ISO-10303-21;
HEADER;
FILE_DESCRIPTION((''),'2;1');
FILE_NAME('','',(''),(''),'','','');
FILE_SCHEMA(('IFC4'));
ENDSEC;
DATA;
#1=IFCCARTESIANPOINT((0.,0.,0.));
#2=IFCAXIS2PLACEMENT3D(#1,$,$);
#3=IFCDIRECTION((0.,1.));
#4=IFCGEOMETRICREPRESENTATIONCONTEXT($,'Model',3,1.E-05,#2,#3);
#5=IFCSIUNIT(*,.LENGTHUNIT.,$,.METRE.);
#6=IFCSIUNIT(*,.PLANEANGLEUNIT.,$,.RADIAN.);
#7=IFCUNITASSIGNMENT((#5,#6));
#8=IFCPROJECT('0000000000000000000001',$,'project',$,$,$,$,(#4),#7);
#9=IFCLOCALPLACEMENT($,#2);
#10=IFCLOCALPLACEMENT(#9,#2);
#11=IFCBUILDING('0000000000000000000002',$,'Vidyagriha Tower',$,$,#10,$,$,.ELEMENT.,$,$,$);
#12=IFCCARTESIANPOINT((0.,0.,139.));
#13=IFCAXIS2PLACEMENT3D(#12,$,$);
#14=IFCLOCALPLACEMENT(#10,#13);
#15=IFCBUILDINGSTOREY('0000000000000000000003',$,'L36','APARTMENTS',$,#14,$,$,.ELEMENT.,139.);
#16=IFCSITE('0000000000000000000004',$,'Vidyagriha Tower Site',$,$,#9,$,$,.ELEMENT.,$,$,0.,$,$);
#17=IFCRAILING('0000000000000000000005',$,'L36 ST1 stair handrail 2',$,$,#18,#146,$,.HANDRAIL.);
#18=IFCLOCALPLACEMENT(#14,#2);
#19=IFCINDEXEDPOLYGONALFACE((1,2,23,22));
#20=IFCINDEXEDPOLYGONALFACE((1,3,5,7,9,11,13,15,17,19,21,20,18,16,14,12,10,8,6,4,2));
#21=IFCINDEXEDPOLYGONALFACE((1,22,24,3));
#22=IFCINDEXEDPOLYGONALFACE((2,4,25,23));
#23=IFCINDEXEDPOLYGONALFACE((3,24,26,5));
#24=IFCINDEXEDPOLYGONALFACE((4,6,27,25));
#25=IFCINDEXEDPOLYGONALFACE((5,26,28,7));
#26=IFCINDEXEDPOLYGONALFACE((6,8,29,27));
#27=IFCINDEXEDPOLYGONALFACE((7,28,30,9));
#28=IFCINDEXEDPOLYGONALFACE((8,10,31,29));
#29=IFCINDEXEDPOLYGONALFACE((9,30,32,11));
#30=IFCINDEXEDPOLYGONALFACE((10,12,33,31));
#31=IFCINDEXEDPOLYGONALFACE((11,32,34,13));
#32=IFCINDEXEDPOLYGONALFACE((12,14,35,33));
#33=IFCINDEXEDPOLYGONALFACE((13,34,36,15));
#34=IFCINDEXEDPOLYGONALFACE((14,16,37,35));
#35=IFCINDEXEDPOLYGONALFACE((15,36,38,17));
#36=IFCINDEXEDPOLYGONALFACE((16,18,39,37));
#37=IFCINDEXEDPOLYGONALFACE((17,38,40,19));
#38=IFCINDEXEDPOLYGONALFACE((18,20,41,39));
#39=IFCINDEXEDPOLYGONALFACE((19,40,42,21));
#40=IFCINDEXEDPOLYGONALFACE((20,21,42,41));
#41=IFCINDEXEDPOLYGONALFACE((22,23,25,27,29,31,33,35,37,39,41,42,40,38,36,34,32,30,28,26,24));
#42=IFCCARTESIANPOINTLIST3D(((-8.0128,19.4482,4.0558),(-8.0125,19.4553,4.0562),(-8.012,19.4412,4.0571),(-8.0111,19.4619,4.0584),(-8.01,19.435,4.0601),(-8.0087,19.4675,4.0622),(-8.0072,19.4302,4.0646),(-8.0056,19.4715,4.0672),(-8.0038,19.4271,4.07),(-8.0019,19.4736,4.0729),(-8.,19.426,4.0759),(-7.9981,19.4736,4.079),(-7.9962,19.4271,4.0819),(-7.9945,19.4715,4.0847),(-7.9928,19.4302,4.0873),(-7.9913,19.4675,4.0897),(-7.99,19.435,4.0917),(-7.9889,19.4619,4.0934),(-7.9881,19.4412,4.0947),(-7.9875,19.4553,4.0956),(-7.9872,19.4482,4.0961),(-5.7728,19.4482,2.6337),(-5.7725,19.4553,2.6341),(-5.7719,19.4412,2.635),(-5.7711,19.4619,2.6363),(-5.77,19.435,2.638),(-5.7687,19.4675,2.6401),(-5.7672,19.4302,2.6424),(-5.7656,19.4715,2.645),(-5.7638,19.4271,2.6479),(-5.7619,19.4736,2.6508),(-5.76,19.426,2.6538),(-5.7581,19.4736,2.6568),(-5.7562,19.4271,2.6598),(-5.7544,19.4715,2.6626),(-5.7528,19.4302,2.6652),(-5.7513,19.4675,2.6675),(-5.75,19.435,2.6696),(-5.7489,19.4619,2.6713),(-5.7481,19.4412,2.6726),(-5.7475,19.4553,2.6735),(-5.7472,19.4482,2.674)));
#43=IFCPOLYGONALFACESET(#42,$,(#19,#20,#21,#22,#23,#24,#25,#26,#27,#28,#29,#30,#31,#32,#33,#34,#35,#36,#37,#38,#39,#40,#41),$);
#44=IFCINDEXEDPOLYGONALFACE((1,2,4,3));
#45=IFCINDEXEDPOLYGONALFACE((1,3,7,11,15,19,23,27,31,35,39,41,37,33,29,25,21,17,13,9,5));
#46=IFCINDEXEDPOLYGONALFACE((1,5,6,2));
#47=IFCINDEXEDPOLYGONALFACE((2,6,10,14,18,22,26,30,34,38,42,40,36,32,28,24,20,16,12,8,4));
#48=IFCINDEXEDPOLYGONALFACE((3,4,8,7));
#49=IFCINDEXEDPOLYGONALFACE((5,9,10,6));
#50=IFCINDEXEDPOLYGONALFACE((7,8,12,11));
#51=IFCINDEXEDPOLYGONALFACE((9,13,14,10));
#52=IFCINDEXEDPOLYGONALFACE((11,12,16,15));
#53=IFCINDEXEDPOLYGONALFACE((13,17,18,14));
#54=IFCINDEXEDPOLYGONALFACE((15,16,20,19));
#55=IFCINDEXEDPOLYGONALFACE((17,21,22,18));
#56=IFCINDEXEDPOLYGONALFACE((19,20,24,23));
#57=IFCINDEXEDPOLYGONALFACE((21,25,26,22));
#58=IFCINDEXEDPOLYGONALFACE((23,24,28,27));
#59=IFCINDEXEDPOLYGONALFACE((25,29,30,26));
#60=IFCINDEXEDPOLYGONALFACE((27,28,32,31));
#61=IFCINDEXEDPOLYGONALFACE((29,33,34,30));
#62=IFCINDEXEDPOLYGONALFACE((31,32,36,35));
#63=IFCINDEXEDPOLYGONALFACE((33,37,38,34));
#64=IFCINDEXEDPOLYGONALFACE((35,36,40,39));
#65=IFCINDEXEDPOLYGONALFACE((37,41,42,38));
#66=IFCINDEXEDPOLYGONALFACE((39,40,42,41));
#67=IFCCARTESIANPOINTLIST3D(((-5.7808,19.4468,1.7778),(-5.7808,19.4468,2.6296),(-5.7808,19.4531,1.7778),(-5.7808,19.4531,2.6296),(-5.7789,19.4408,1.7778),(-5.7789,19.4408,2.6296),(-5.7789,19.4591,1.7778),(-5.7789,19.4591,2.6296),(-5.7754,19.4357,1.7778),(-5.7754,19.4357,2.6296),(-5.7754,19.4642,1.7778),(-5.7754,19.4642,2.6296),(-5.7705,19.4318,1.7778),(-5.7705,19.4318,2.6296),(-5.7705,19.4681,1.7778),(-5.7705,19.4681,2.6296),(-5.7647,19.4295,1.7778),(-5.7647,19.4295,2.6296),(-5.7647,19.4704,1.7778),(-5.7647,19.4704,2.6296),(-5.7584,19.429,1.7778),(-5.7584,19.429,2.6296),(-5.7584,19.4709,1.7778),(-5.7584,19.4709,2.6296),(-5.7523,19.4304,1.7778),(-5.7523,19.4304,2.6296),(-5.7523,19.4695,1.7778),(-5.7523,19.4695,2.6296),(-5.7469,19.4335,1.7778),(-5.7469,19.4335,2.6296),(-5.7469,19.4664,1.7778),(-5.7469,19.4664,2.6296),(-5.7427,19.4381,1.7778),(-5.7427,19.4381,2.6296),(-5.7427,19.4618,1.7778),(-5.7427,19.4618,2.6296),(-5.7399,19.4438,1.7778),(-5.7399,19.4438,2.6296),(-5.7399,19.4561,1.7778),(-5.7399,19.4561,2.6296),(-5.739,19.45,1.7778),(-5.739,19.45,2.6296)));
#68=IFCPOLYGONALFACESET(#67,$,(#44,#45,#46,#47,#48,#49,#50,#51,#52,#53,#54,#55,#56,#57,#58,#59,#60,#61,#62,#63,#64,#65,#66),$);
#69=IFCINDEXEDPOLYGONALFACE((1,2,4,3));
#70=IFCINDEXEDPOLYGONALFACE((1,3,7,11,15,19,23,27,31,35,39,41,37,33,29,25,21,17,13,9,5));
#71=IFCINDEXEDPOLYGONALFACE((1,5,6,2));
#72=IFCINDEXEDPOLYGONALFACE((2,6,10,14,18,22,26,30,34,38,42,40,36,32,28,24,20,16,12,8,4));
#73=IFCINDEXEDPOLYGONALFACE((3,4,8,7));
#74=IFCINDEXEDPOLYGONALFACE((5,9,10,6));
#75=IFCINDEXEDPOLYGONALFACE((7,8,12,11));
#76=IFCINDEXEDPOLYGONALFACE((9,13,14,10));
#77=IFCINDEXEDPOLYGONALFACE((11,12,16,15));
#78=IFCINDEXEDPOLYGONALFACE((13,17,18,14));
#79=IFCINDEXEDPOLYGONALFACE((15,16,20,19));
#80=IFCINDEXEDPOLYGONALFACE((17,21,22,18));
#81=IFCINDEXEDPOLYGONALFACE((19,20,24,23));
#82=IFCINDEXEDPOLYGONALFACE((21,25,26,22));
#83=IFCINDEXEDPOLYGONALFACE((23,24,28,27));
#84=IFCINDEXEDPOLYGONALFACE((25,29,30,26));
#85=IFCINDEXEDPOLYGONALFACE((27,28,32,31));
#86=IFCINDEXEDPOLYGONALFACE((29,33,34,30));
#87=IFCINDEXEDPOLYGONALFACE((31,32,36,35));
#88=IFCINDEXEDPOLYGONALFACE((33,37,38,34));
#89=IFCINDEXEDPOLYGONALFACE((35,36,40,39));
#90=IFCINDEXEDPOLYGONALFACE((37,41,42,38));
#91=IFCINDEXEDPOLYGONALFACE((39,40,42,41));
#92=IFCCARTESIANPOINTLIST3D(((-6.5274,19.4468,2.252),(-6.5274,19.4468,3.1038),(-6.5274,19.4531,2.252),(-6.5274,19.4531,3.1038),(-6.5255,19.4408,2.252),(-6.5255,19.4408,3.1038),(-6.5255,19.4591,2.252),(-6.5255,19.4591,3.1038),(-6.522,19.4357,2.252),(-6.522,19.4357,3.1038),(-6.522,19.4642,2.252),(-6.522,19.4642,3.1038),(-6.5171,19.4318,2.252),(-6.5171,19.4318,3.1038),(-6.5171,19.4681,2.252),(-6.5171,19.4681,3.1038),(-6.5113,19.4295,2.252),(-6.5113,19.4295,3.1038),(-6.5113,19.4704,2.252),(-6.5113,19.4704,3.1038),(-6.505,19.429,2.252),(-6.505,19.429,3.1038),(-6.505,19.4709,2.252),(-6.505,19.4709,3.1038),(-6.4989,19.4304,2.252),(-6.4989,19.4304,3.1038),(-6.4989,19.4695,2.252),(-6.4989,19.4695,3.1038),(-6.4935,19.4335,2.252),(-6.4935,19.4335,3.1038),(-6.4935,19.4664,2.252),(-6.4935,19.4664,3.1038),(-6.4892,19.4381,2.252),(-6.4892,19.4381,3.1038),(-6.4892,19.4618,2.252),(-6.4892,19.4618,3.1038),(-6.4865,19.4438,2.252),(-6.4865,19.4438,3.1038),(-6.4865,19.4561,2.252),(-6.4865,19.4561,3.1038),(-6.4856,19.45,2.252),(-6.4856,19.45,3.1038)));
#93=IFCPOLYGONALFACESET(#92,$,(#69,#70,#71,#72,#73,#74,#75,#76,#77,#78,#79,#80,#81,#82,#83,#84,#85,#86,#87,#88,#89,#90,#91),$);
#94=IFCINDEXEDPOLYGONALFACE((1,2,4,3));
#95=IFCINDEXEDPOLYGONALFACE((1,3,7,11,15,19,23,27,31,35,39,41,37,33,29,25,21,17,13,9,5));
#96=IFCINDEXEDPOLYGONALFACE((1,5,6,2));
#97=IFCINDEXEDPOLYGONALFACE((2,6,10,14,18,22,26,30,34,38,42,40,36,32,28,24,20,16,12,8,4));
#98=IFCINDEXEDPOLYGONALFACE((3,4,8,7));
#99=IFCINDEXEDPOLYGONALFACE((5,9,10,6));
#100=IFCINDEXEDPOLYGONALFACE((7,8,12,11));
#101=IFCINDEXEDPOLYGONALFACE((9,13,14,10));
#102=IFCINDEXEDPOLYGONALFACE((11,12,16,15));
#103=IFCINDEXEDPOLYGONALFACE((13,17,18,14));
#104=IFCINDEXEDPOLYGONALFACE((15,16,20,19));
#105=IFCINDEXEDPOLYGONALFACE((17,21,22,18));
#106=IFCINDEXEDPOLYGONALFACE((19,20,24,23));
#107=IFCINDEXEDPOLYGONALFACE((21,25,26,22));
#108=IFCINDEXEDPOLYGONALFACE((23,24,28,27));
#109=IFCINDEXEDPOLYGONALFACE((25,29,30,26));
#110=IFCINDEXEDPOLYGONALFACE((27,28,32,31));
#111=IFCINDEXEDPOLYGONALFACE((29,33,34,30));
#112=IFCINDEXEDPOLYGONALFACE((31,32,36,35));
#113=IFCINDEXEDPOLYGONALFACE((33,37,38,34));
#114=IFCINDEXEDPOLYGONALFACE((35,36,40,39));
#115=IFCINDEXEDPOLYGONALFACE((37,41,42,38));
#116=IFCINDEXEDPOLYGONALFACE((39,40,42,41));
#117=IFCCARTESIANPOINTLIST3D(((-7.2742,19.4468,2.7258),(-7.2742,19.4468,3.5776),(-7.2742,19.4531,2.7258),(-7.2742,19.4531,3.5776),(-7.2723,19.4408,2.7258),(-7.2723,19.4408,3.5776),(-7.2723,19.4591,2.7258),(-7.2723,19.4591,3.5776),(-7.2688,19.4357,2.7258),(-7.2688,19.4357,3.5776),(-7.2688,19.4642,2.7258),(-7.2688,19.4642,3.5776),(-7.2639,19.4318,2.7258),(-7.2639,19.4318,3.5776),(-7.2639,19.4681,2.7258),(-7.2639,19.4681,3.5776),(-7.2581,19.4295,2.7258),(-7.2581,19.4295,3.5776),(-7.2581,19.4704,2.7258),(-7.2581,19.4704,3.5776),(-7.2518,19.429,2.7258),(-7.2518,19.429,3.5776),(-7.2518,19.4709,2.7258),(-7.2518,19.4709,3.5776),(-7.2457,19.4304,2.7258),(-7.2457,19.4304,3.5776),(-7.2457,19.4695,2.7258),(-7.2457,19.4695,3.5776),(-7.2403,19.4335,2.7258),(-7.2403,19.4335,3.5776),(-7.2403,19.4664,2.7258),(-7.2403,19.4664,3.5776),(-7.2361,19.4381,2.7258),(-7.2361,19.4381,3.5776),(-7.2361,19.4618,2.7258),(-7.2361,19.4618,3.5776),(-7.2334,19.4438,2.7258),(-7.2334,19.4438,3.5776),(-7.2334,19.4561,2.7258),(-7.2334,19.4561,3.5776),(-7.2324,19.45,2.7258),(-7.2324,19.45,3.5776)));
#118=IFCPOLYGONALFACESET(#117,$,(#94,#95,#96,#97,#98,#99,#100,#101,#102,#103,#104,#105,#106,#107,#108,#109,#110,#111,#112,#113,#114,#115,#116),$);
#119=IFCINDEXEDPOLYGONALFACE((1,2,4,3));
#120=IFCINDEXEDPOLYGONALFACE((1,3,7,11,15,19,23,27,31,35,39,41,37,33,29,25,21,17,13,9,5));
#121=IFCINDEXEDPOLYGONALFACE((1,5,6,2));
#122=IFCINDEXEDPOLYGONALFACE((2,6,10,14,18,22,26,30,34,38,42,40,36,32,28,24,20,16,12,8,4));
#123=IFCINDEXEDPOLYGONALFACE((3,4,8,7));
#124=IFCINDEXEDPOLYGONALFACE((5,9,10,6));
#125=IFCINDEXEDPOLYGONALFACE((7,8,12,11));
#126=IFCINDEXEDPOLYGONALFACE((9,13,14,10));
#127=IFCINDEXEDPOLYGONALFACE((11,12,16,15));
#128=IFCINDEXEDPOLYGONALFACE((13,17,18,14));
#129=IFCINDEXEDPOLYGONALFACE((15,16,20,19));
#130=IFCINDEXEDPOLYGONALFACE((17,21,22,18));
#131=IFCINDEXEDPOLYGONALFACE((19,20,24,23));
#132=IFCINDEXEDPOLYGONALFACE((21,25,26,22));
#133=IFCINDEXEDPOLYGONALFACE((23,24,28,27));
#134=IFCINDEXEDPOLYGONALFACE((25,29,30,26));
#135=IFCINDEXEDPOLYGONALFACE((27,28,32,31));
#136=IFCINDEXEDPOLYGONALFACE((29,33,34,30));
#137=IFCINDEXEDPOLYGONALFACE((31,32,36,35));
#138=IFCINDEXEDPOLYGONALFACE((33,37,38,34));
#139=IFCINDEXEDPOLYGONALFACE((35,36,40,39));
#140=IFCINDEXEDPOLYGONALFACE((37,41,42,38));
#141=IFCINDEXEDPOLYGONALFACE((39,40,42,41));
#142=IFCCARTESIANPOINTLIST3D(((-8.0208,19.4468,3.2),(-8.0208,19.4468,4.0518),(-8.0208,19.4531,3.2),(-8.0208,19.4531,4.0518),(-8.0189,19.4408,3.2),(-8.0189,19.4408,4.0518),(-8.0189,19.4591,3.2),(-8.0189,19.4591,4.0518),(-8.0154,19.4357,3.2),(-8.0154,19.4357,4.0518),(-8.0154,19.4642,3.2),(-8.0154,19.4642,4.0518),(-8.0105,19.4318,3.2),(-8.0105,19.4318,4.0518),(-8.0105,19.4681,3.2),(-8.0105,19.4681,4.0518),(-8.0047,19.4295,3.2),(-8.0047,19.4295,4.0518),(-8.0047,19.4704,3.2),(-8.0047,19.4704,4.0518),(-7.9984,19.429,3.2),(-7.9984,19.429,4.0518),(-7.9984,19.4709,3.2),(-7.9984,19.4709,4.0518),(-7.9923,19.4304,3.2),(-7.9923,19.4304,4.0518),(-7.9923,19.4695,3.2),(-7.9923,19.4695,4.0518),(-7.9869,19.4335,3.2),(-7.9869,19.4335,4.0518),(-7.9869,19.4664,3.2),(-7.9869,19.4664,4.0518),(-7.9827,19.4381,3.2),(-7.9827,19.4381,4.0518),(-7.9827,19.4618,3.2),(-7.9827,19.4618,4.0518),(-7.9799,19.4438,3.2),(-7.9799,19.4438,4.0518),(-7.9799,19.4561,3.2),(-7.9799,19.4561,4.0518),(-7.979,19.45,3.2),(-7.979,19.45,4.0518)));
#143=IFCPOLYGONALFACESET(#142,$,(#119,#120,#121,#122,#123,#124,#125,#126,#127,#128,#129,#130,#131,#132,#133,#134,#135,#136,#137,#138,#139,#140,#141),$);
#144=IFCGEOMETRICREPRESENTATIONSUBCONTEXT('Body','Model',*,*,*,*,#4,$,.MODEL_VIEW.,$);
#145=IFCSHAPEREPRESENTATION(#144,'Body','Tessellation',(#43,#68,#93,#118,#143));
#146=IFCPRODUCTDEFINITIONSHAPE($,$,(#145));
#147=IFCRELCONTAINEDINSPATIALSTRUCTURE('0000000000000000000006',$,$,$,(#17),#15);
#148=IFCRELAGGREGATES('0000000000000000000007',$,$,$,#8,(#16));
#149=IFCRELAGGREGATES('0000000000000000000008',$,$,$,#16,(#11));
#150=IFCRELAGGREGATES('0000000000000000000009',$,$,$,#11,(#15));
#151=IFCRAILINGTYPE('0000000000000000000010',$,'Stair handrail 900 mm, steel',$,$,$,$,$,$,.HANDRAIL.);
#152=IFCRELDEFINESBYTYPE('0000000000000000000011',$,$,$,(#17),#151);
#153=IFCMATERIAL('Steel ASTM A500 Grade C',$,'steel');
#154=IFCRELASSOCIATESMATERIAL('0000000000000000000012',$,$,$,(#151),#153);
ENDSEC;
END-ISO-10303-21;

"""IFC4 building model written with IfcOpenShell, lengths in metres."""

from ifc_helpers import new_model, si_unit, direction, frame, origin, origin_2d, place, context, subcontext, project, spatial, circle, extrude, material, type_object, element, save


model = new_model("IFC4")

# Units and contexts
model_context = context("Model", 3, precision=1e-05, world=origin(), true_north=direction((0.0, 1.0)))
body_context = subcontext(model_context, "Body", "Model", "MODEL_VIEW")
ifc_project = project(units=[si_unit("LENGTHUNIT", "METRE"), si_unit("PLANEANGLEUNIT", "RADIAN")], contexts=[model_context])

# Site, building, storey
site_placement = place(None, origin())
site = spatial("IfcSite", under=ifc_project, at=site_placement, Name="Vidyagriha Tower Site", CompositionType="ELEMENT", RefElevation=0.0)
building_placement = place(site_placement, origin())
building = spatial("IfcBuilding", under=site, at=building_placement, Name="Vidyagriha Tower", CompositionType="ELEMENT")
storey_placement = place(building_placement, frame((0.0, 0.0, 139.0)))
storey = spatial("IfcBuildingStorey", under=building, at=storey_placement, Name="L36", Description="APARTMENTS", CompositionType="ELEMENT", Elevation=139.0)

# Railing
ifc_material_1 = material(Name="Steel ASTM A500 Grade C", Category="steel")
railing_type_1 = type_object("IfcRailingType", Name="Stair handrail 900 mm, steel", PredefinedType="HANDRAIL", material=ifc_material_1)
railing_1_placement = place(storey_placement, frame((-5.76, 19.45, 1.7778)))
element("IfcRailing", 1, at=railing_1_placement, inside=storey, type_object=railing_type_1, Name="L36 ST1 stair handrail 2", PredefinedType="HANDRAIL", context=body_context, shape_type="SweptSolid", body=[
    extrude(circle(Radius=0.0239, at=origin_2d()), frame((0.0, 0.0, 0.876), z_axis=(-0.844229, 0.0, 0.535982), x_axis=(0.0, -1.0, 0.0)), (0.0, 0.0, 1.0), 2.6533),
    extrude(circle(Radius=0.021, at=origin_2d()), origin(), (0.0, 0.0, 1.0), 0.8518),
    extrude(circle(Radius=0.021, at=origin_2d()), frame((-0.7466, 0.0, 0.4741)), (0.0, 0.0, 1.0), 0.8518),
    extrude(circle(Radius=0.021, at=origin_2d()), frame((-1.4934, 0.0, 0.948)), (0.0, 0.0, 1.0), 0.8518),
    extrude(circle(Radius=0.021, at=origin_2d()), frame((-2.24, 0.0, 1.4221)), (0.0, 0.0, 1.0), 0.8518),
])

save(model, "model.ifc")
